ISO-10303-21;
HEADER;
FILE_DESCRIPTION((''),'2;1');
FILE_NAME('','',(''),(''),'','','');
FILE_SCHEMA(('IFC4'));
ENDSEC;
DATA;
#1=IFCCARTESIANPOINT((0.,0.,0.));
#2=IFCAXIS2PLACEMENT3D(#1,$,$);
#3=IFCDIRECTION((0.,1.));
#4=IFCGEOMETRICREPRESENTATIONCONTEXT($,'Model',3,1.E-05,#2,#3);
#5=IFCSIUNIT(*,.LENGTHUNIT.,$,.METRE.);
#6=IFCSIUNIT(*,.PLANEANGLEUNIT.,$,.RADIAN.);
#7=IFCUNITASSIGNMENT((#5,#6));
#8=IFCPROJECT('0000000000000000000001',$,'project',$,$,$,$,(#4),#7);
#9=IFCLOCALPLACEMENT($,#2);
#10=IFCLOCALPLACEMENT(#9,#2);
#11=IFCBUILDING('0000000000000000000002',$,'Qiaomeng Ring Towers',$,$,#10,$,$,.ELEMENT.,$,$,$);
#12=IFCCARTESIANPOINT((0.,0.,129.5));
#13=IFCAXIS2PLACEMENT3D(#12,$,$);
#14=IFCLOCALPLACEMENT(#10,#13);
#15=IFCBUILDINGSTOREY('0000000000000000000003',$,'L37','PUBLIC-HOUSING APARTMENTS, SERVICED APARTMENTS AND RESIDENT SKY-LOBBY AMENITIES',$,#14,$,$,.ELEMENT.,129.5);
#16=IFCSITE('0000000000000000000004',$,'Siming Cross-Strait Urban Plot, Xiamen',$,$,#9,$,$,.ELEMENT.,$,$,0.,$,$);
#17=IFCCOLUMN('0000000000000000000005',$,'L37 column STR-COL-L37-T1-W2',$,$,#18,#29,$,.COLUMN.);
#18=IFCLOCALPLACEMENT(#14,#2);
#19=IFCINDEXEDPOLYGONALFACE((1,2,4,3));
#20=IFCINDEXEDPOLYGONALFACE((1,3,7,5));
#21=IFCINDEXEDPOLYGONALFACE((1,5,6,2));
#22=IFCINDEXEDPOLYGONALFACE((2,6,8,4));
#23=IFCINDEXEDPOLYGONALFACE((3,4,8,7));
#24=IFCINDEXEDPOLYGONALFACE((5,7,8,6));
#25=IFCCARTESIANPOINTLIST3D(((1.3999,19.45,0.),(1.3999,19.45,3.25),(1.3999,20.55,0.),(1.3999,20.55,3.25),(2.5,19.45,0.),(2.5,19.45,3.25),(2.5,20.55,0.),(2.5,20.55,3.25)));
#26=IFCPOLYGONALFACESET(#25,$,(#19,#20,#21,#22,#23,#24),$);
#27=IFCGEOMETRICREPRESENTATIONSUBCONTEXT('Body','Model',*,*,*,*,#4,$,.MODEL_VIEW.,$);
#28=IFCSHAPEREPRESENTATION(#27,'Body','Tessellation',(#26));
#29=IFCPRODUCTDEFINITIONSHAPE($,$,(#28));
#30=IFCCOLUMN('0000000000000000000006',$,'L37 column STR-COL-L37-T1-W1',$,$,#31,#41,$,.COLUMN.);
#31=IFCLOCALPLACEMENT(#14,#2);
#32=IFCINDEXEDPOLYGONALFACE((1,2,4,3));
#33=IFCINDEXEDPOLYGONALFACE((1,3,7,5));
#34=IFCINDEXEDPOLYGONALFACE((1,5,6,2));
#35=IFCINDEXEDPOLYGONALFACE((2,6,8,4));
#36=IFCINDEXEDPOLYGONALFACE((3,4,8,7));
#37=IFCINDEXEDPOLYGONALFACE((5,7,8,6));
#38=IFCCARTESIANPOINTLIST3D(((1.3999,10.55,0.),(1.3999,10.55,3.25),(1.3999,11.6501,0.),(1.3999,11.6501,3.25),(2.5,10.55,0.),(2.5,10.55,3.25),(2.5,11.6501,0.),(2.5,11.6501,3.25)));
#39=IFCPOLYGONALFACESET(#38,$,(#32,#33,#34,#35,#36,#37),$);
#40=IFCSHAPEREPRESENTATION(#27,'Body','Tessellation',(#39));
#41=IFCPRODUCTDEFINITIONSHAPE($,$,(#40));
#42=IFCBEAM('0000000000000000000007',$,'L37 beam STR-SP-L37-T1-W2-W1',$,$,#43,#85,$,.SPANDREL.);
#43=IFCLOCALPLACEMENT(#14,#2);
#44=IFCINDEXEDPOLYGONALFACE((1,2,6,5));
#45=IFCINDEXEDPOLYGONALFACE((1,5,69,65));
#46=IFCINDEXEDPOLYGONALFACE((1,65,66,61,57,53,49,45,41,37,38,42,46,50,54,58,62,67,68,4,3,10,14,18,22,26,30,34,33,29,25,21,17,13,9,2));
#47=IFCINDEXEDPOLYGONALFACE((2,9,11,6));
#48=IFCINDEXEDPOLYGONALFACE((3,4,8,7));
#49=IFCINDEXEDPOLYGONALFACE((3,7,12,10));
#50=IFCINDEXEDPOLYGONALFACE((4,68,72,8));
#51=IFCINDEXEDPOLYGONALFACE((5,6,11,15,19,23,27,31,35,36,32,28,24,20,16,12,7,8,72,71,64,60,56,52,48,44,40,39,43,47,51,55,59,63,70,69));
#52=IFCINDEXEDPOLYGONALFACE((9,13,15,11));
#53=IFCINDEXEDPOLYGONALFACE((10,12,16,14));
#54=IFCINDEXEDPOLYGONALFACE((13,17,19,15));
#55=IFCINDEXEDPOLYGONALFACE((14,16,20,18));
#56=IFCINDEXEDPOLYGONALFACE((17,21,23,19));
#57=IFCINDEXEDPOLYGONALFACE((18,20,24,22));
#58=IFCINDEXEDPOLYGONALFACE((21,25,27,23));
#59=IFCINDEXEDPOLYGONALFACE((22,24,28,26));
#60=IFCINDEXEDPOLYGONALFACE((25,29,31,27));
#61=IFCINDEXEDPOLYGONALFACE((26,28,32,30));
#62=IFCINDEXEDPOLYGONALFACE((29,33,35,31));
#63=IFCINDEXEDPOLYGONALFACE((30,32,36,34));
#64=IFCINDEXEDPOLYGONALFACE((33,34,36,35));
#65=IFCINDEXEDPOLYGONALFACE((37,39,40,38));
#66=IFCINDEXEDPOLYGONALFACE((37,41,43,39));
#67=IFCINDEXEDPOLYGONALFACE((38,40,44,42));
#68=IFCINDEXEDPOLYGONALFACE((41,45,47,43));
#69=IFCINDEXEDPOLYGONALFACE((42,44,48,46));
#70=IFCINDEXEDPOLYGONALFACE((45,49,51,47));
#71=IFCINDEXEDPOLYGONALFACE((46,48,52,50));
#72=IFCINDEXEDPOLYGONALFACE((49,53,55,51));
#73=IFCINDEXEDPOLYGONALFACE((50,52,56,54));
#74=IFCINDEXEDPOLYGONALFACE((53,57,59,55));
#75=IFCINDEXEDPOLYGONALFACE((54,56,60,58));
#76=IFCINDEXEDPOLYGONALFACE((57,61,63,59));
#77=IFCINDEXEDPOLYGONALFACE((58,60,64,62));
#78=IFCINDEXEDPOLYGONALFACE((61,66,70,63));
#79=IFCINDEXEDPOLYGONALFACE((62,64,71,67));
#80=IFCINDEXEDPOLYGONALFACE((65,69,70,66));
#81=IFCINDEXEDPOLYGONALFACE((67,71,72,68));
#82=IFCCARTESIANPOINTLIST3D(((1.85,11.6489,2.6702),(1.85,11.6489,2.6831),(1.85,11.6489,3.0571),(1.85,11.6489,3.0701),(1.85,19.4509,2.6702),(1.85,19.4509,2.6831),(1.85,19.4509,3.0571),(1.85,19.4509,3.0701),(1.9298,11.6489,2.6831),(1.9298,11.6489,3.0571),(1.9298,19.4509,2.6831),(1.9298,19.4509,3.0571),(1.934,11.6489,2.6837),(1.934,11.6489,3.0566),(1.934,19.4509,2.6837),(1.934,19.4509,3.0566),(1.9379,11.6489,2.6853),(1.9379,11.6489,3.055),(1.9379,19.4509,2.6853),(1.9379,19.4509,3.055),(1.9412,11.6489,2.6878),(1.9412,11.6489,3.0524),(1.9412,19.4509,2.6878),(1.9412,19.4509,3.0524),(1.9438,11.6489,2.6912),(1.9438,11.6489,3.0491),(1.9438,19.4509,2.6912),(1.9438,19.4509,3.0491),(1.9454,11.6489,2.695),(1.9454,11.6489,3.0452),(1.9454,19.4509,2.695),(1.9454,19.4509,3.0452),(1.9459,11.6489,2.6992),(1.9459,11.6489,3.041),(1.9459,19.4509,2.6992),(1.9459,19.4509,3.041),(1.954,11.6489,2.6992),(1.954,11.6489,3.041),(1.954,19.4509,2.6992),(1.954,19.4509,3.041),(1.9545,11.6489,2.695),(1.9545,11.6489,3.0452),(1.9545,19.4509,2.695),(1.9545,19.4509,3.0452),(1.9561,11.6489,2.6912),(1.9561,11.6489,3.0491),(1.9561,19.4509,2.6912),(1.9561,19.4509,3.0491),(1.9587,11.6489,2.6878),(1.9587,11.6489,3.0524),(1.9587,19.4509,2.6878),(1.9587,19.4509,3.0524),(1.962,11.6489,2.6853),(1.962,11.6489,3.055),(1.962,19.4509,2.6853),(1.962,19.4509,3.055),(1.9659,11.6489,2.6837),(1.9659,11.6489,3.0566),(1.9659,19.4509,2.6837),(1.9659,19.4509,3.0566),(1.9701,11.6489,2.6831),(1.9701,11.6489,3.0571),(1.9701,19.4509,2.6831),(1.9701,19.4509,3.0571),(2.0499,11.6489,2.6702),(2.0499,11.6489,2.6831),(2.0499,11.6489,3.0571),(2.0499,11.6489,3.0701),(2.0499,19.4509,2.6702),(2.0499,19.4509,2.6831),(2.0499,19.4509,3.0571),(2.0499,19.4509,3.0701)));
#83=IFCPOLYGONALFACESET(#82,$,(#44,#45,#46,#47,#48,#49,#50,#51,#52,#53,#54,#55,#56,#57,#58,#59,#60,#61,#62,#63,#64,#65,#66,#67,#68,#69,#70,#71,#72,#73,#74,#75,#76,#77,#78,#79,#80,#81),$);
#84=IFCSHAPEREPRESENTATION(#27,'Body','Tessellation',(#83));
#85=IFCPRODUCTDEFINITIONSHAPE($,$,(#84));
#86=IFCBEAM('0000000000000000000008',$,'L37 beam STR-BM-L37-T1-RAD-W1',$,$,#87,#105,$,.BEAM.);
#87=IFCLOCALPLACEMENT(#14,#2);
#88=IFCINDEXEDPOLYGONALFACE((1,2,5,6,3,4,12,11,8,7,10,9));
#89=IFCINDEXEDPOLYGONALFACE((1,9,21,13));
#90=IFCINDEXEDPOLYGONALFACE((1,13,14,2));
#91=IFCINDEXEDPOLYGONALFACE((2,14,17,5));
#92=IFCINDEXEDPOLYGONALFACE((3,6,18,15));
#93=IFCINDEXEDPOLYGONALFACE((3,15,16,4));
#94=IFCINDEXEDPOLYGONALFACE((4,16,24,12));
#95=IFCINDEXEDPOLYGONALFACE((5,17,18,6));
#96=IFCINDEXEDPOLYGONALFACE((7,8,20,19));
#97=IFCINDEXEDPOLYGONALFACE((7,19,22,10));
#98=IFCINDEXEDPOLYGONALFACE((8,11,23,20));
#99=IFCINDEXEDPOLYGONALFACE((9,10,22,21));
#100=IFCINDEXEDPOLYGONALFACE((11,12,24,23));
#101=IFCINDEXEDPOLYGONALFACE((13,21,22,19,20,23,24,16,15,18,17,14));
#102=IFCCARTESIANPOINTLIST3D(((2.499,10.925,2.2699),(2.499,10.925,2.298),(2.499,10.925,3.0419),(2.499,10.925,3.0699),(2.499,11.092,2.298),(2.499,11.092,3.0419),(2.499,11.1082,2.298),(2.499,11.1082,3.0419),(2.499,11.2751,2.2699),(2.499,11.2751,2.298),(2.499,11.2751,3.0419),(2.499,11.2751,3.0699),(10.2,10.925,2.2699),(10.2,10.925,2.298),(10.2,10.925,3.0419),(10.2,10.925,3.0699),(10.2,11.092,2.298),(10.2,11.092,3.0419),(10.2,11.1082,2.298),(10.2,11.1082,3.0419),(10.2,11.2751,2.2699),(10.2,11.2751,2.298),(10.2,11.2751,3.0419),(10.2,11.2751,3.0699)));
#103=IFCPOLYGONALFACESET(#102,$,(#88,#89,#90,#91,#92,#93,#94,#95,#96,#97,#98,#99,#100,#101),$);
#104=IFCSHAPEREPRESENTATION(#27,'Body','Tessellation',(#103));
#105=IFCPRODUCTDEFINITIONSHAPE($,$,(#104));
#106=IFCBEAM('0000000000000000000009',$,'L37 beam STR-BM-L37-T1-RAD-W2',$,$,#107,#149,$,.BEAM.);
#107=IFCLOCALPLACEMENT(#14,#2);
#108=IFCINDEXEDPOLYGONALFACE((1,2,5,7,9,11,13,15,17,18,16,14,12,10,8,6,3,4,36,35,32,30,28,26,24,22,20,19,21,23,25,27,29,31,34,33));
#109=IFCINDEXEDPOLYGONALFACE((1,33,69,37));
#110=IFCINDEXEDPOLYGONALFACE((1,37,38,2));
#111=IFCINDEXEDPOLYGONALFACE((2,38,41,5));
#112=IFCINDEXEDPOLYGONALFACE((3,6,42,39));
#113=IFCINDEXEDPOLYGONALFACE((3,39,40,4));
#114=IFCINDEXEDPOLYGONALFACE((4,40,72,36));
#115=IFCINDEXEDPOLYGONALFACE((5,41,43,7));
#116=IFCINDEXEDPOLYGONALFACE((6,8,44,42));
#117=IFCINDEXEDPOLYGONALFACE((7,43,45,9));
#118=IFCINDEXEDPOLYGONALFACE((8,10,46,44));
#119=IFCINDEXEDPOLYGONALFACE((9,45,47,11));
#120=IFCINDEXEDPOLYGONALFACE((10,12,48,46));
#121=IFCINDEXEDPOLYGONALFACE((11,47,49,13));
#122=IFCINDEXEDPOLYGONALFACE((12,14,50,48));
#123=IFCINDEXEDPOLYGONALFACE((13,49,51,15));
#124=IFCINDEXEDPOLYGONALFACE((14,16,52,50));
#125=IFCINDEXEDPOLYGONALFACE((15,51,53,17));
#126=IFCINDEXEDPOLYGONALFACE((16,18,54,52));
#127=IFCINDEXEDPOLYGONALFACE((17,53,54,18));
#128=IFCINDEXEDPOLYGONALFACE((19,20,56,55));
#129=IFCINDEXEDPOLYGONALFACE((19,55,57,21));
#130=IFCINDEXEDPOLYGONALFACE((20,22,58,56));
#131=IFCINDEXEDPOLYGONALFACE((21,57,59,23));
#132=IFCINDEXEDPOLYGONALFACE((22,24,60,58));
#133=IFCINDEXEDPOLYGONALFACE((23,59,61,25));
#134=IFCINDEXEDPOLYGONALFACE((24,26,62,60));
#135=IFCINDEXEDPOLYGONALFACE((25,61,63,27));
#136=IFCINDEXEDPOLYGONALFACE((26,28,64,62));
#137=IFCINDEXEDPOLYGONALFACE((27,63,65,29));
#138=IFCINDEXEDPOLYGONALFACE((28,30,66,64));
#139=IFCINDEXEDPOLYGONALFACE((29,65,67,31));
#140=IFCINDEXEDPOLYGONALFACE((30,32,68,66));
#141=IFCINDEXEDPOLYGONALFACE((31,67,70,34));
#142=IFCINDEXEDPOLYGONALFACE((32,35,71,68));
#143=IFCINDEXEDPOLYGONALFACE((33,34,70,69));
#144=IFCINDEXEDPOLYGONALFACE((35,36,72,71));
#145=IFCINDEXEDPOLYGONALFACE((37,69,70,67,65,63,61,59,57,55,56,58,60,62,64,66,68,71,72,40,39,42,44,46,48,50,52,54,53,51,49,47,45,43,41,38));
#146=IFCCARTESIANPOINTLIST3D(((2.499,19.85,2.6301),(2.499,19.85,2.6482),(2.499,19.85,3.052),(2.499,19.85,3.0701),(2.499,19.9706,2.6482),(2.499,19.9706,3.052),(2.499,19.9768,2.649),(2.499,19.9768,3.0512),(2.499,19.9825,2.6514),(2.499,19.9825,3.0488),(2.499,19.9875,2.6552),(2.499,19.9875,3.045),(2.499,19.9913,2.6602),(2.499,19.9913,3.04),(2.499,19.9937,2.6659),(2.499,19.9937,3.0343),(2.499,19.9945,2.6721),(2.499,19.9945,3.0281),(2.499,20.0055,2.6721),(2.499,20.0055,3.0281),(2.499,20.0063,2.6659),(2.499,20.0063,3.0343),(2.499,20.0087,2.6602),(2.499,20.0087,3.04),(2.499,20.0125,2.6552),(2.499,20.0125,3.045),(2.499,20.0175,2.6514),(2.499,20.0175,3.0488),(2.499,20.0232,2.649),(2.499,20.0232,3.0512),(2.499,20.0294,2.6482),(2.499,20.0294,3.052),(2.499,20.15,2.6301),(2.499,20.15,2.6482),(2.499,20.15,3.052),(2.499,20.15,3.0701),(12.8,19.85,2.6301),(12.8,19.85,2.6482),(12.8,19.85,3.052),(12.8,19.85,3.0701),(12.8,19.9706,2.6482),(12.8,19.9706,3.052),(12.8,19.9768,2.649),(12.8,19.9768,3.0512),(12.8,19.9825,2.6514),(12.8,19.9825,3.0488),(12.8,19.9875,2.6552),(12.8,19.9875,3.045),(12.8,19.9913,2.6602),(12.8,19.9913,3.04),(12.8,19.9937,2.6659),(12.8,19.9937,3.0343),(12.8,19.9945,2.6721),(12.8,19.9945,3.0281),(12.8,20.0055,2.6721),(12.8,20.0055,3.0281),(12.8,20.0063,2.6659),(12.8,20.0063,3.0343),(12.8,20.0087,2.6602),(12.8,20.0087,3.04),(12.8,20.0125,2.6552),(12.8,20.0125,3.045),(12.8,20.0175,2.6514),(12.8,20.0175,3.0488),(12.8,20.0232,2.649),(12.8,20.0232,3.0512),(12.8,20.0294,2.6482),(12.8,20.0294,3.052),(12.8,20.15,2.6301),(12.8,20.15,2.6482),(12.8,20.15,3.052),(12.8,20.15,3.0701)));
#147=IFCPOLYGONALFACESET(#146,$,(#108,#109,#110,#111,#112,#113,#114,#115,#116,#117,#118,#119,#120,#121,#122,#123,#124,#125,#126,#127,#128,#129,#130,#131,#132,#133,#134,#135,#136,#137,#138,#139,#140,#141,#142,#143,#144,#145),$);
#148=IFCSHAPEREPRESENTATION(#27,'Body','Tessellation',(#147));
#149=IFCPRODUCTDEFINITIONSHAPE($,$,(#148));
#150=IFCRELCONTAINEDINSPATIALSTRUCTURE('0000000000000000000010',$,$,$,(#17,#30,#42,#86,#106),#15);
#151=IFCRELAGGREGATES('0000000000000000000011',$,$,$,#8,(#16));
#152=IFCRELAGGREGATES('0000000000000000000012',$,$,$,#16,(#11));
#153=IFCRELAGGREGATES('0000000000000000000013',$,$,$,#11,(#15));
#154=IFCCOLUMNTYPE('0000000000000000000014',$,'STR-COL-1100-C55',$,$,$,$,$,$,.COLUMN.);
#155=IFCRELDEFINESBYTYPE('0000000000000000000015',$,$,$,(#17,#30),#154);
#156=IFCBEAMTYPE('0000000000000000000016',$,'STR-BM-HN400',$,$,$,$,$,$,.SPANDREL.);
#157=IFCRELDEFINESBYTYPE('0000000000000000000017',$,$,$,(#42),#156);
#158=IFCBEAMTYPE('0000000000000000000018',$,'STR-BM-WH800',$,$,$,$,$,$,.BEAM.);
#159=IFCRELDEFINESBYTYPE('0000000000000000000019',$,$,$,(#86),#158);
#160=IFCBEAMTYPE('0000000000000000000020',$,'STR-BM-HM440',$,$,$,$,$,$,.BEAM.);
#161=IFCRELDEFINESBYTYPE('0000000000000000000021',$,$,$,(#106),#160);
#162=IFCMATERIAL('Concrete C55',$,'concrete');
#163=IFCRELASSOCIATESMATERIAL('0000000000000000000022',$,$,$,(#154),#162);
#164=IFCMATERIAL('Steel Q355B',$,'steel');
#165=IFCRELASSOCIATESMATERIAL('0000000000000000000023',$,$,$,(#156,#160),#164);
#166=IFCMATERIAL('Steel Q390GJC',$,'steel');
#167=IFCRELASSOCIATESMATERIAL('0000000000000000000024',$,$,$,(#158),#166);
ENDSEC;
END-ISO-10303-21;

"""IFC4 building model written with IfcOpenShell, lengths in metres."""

from ifc_helpers import new_model, si_unit, direction, frame, origin, origin_2d, place, context, subcontext, project, spatial, rectangle, i_section, extrude, source, transform, mapped, material, material_profile, profile_set, type_object, element, save


model = new_model("IFC4")

# Units and contexts
model_context = context("Model", 3, precision=1e-05, world=origin(), true_north=direction((0.0, 1.0)))
body_context = subcontext(model_context, "Body", "Model", "MODEL_VIEW")
ifc_project = project(units=[si_unit("LENGTHUNIT", "METRE"), si_unit("PLANEANGLEUNIT", "RADIAN")], contexts=[model_context])

# Site, building, storey
site_placement = place(None, origin())
site = spatial("IfcSite", under=ifc_project, at=site_placement, Name="Siming Cross-Strait Urban Plot, Xiamen", CompositionType="ELEMENT", RefElevation=0.0)
building_placement = place(site_placement, origin())
building = spatial("IfcBuilding", under=site, at=building_placement, Name="Qiaomeng Ring Towers", CompositionType="ELEMENT")
storey_placement = place(building_placement, frame((0.0, 0.0, 129.5)))
storey = spatial("IfcBuildingStorey", under=building, at=storey_placement, Name="L37", Description="PUBLIC-HOUSING APARTMENTS, SERVICED APARTMENTS AND RESIDENT SKY-LOBBY AMENITIES", CompositionType="ELEMENT", Elevation=129.5)

# Columns
ifc_material_1 = material(Name="Concrete C55", Category="concrete")
ifc_material_profile_1 = material_profile(ifc_material_1, rectangle(XDim=1.1001, YDim=1.1001, at=origin_2d()), Name="RC COL 1100x1100")
ifc_profile_set_1 = profile_set([ifc_material_profile_1], Name="Concrete C55")
column_type = type_object("IfcColumnType", Name="STR-COL-1100-C55", PredefinedType="COLUMN", material=ifc_profile_set_1)
shared_shape_1 = source(origin(), body_context, "Body", "SweptSolid", [
    extrude(rectangle(XDim=1.1001, YDim=1.1001, at=origin_2d()), origin(), (0.0, 0.0, 1.0), 3.25),
])
for number, where, z_axis, x_axis, name in (
    (1, (1.95, 20.0, 0.0), (0.0, 0.0, 1.0), (1.0, 0.0, 0.0), "L37 column STR-COL-L37-T1-W2"),
    (2, (1.95, 11.1001, 0.0), (0.0, 0.0, 1.0), (1.0, 0.0, 0.0), "L37 column STR-COL-L37-T1-W1"),
):
    element("IfcColumn", number, at=place(storey_placement, frame(where, z_axis=z_axis, x_axis=x_axis)), inside=storey, type_object=column_type, Name=name, PredefinedType="COLUMN", context=body_context, shape_type="MappedRepresentation", body=[
        mapped(shared_shape_1, transform((0.0, 0.0, 0.0), x_axis=(1.0, 0.0, 0.0), y_axis=(0.0, 1.0, 0.0), z_axis=(0.0, 0.0, 1.0), scale=1.0)),
    ])

# Beams
ifc_material_2 = material(Name="Steel Q355B", Category="steel")
ifc_material_profile_2 = material_profile(ifc_material_2, i_section(OverallWidth=0.2, OverallDepth=0.3999, WebThickness=0.0081, FlangeThickness=0.0129, FilletRadius=0.0161, at=origin_2d()), Name="HN 400x200x8x13")
ifc_profile_set_2 = profile_set([ifc_material_profile_2], Name="Steel Q355B")
beam_type_1 = type_object("IfcBeamType", Name="STR-BM-HN400", PredefinedType="SPANDREL", material=ifc_profile_set_2)
shared_shape_2 = source(origin(), body_context, "Body", "SweptSolid", [
    extrude(i_section(OverallWidth=0.2, OverallDepth=0.3999, WebThickness=0.0081, FlangeThickness=0.0129, FilletRadius=0.0161, at=origin_2d()), origin(), (0.0, 0.0, 1.0), 7.802),
])
beam_1_placement = place(storey_placement, frame((1.95, 19.4509, 2.8701), z_axis=(0.0, -1.0, 0.0), x_axis=(1.0, 0.0, 0.0)))
element("IfcBeam", 3, at=beam_1_placement, inside=storey, type_object=beam_type_1, Name="L37 beam STR-SP-L37-T1-W2-W1", PredefinedType="SPANDREL", context=body_context, shape_type="MappedRepresentation", body=[
    mapped(shared_shape_2, transform((0.0, 0.0, 0.0), x_axis=(1.0, 0.0, 0.0), y_axis=(0.0, 1.0, 0.0), z_axis=(0.0, 0.0, 1.0), scale=1.0)),
])
ifc_material_3 = material(Name="Steel Q390GJC", Category="steel")
ifc_material_profile_3 = material_profile(ifc_material_3, i_section(OverallWidth=0.3501, OverallDepth=0.8, WebThickness=0.0161, FlangeThickness=0.0281, at=origin_2d()), Name="WH 800x350x16x28")
ifc_profile_set_3 = profile_set([ifc_material_profile_3], Name="Steel Q390GJC")
beam_type_2 = type_object("IfcBeamType", Name="STR-BM-WH800", PredefinedType="BEAM", material=ifc_profile_set_3)
shared_shape_3 = source(origin(), body_context, "Body", "SweptSolid", [
    extrude(i_section(OverallWidth=0.3501, OverallDepth=0.8, WebThickness=0.0161, FlangeThickness=0.0281, at=origin_2d()), origin(), (0.0, 0.0, 1.0), 7.7009),
])
beam_2_placement = place(storey_placement, frame((2.499, 11.1001, 2.6699), z_axis=(1.0, 0.0, 0.0), x_axis=(0.0, 1.0, 0.0)))
element("IfcBeam", 4, at=beam_2_placement, inside=storey, type_object=beam_type_2, Name="L37 beam STR-BM-L37-T1-RAD-W1", PredefinedType="BEAM", context=body_context, shape_type="MappedRepresentation", body=[
    mapped(shared_shape_3, transform((0.0, 0.0, 0.0), x_axis=(1.0, 0.0, 0.0), y_axis=(0.0, 1.0, 0.0), z_axis=(0.0, 0.0, 1.0), scale=1.0)),
])
ifc_material_profile_4 = material_profile(ifc_material_2, i_section(OverallWidth=0.3, OverallDepth=0.4399, WebThickness=0.011, FlangeThickness=0.0181, FilletRadius=0.0239, at=origin_2d()), Name="HM 440x300x11x18")
ifc_profile_set_4 = profile_set([ifc_material_profile_4], Name="Steel Q355B")
beam_type_3 = type_object("IfcBeamType", Name="STR-BM-HM440", PredefinedType="BEAM", material=ifc_profile_set_4)
shared_shape_4 = source(origin(), body_context, "Body", "SweptSolid", [
    extrude(i_section(OverallWidth=0.3, OverallDepth=0.4399, WebThickness=0.011, FlangeThickness=0.0181, FilletRadius=0.0239, at=origin_2d()), origin(), (0.0, 0.0, 1.0), 10.301),
])
beam_3_placement = place(storey_placement, frame((2.499, 20.0, 2.8501), z_axis=(1.0, 0.0, 0.0), x_axis=(0.0, 1.0, 0.0)))
element("IfcBeam", 5, at=beam_3_placement, inside=storey, type_object=beam_type_3, Name="L37 beam STR-BM-L37-T1-RAD-W2", PredefinedType="BEAM", context=body_context, shape_type="MappedRepresentation", body=[
    mapped(shared_shape_4, transform((0.0, 0.0, 0.0), x_axis=(1.0, 0.0, 0.0), y_axis=(0.0, 1.0, 0.0), z_axis=(0.0, 0.0, 1.0), scale=1.0)),
])

save(model, "model.ifc")
